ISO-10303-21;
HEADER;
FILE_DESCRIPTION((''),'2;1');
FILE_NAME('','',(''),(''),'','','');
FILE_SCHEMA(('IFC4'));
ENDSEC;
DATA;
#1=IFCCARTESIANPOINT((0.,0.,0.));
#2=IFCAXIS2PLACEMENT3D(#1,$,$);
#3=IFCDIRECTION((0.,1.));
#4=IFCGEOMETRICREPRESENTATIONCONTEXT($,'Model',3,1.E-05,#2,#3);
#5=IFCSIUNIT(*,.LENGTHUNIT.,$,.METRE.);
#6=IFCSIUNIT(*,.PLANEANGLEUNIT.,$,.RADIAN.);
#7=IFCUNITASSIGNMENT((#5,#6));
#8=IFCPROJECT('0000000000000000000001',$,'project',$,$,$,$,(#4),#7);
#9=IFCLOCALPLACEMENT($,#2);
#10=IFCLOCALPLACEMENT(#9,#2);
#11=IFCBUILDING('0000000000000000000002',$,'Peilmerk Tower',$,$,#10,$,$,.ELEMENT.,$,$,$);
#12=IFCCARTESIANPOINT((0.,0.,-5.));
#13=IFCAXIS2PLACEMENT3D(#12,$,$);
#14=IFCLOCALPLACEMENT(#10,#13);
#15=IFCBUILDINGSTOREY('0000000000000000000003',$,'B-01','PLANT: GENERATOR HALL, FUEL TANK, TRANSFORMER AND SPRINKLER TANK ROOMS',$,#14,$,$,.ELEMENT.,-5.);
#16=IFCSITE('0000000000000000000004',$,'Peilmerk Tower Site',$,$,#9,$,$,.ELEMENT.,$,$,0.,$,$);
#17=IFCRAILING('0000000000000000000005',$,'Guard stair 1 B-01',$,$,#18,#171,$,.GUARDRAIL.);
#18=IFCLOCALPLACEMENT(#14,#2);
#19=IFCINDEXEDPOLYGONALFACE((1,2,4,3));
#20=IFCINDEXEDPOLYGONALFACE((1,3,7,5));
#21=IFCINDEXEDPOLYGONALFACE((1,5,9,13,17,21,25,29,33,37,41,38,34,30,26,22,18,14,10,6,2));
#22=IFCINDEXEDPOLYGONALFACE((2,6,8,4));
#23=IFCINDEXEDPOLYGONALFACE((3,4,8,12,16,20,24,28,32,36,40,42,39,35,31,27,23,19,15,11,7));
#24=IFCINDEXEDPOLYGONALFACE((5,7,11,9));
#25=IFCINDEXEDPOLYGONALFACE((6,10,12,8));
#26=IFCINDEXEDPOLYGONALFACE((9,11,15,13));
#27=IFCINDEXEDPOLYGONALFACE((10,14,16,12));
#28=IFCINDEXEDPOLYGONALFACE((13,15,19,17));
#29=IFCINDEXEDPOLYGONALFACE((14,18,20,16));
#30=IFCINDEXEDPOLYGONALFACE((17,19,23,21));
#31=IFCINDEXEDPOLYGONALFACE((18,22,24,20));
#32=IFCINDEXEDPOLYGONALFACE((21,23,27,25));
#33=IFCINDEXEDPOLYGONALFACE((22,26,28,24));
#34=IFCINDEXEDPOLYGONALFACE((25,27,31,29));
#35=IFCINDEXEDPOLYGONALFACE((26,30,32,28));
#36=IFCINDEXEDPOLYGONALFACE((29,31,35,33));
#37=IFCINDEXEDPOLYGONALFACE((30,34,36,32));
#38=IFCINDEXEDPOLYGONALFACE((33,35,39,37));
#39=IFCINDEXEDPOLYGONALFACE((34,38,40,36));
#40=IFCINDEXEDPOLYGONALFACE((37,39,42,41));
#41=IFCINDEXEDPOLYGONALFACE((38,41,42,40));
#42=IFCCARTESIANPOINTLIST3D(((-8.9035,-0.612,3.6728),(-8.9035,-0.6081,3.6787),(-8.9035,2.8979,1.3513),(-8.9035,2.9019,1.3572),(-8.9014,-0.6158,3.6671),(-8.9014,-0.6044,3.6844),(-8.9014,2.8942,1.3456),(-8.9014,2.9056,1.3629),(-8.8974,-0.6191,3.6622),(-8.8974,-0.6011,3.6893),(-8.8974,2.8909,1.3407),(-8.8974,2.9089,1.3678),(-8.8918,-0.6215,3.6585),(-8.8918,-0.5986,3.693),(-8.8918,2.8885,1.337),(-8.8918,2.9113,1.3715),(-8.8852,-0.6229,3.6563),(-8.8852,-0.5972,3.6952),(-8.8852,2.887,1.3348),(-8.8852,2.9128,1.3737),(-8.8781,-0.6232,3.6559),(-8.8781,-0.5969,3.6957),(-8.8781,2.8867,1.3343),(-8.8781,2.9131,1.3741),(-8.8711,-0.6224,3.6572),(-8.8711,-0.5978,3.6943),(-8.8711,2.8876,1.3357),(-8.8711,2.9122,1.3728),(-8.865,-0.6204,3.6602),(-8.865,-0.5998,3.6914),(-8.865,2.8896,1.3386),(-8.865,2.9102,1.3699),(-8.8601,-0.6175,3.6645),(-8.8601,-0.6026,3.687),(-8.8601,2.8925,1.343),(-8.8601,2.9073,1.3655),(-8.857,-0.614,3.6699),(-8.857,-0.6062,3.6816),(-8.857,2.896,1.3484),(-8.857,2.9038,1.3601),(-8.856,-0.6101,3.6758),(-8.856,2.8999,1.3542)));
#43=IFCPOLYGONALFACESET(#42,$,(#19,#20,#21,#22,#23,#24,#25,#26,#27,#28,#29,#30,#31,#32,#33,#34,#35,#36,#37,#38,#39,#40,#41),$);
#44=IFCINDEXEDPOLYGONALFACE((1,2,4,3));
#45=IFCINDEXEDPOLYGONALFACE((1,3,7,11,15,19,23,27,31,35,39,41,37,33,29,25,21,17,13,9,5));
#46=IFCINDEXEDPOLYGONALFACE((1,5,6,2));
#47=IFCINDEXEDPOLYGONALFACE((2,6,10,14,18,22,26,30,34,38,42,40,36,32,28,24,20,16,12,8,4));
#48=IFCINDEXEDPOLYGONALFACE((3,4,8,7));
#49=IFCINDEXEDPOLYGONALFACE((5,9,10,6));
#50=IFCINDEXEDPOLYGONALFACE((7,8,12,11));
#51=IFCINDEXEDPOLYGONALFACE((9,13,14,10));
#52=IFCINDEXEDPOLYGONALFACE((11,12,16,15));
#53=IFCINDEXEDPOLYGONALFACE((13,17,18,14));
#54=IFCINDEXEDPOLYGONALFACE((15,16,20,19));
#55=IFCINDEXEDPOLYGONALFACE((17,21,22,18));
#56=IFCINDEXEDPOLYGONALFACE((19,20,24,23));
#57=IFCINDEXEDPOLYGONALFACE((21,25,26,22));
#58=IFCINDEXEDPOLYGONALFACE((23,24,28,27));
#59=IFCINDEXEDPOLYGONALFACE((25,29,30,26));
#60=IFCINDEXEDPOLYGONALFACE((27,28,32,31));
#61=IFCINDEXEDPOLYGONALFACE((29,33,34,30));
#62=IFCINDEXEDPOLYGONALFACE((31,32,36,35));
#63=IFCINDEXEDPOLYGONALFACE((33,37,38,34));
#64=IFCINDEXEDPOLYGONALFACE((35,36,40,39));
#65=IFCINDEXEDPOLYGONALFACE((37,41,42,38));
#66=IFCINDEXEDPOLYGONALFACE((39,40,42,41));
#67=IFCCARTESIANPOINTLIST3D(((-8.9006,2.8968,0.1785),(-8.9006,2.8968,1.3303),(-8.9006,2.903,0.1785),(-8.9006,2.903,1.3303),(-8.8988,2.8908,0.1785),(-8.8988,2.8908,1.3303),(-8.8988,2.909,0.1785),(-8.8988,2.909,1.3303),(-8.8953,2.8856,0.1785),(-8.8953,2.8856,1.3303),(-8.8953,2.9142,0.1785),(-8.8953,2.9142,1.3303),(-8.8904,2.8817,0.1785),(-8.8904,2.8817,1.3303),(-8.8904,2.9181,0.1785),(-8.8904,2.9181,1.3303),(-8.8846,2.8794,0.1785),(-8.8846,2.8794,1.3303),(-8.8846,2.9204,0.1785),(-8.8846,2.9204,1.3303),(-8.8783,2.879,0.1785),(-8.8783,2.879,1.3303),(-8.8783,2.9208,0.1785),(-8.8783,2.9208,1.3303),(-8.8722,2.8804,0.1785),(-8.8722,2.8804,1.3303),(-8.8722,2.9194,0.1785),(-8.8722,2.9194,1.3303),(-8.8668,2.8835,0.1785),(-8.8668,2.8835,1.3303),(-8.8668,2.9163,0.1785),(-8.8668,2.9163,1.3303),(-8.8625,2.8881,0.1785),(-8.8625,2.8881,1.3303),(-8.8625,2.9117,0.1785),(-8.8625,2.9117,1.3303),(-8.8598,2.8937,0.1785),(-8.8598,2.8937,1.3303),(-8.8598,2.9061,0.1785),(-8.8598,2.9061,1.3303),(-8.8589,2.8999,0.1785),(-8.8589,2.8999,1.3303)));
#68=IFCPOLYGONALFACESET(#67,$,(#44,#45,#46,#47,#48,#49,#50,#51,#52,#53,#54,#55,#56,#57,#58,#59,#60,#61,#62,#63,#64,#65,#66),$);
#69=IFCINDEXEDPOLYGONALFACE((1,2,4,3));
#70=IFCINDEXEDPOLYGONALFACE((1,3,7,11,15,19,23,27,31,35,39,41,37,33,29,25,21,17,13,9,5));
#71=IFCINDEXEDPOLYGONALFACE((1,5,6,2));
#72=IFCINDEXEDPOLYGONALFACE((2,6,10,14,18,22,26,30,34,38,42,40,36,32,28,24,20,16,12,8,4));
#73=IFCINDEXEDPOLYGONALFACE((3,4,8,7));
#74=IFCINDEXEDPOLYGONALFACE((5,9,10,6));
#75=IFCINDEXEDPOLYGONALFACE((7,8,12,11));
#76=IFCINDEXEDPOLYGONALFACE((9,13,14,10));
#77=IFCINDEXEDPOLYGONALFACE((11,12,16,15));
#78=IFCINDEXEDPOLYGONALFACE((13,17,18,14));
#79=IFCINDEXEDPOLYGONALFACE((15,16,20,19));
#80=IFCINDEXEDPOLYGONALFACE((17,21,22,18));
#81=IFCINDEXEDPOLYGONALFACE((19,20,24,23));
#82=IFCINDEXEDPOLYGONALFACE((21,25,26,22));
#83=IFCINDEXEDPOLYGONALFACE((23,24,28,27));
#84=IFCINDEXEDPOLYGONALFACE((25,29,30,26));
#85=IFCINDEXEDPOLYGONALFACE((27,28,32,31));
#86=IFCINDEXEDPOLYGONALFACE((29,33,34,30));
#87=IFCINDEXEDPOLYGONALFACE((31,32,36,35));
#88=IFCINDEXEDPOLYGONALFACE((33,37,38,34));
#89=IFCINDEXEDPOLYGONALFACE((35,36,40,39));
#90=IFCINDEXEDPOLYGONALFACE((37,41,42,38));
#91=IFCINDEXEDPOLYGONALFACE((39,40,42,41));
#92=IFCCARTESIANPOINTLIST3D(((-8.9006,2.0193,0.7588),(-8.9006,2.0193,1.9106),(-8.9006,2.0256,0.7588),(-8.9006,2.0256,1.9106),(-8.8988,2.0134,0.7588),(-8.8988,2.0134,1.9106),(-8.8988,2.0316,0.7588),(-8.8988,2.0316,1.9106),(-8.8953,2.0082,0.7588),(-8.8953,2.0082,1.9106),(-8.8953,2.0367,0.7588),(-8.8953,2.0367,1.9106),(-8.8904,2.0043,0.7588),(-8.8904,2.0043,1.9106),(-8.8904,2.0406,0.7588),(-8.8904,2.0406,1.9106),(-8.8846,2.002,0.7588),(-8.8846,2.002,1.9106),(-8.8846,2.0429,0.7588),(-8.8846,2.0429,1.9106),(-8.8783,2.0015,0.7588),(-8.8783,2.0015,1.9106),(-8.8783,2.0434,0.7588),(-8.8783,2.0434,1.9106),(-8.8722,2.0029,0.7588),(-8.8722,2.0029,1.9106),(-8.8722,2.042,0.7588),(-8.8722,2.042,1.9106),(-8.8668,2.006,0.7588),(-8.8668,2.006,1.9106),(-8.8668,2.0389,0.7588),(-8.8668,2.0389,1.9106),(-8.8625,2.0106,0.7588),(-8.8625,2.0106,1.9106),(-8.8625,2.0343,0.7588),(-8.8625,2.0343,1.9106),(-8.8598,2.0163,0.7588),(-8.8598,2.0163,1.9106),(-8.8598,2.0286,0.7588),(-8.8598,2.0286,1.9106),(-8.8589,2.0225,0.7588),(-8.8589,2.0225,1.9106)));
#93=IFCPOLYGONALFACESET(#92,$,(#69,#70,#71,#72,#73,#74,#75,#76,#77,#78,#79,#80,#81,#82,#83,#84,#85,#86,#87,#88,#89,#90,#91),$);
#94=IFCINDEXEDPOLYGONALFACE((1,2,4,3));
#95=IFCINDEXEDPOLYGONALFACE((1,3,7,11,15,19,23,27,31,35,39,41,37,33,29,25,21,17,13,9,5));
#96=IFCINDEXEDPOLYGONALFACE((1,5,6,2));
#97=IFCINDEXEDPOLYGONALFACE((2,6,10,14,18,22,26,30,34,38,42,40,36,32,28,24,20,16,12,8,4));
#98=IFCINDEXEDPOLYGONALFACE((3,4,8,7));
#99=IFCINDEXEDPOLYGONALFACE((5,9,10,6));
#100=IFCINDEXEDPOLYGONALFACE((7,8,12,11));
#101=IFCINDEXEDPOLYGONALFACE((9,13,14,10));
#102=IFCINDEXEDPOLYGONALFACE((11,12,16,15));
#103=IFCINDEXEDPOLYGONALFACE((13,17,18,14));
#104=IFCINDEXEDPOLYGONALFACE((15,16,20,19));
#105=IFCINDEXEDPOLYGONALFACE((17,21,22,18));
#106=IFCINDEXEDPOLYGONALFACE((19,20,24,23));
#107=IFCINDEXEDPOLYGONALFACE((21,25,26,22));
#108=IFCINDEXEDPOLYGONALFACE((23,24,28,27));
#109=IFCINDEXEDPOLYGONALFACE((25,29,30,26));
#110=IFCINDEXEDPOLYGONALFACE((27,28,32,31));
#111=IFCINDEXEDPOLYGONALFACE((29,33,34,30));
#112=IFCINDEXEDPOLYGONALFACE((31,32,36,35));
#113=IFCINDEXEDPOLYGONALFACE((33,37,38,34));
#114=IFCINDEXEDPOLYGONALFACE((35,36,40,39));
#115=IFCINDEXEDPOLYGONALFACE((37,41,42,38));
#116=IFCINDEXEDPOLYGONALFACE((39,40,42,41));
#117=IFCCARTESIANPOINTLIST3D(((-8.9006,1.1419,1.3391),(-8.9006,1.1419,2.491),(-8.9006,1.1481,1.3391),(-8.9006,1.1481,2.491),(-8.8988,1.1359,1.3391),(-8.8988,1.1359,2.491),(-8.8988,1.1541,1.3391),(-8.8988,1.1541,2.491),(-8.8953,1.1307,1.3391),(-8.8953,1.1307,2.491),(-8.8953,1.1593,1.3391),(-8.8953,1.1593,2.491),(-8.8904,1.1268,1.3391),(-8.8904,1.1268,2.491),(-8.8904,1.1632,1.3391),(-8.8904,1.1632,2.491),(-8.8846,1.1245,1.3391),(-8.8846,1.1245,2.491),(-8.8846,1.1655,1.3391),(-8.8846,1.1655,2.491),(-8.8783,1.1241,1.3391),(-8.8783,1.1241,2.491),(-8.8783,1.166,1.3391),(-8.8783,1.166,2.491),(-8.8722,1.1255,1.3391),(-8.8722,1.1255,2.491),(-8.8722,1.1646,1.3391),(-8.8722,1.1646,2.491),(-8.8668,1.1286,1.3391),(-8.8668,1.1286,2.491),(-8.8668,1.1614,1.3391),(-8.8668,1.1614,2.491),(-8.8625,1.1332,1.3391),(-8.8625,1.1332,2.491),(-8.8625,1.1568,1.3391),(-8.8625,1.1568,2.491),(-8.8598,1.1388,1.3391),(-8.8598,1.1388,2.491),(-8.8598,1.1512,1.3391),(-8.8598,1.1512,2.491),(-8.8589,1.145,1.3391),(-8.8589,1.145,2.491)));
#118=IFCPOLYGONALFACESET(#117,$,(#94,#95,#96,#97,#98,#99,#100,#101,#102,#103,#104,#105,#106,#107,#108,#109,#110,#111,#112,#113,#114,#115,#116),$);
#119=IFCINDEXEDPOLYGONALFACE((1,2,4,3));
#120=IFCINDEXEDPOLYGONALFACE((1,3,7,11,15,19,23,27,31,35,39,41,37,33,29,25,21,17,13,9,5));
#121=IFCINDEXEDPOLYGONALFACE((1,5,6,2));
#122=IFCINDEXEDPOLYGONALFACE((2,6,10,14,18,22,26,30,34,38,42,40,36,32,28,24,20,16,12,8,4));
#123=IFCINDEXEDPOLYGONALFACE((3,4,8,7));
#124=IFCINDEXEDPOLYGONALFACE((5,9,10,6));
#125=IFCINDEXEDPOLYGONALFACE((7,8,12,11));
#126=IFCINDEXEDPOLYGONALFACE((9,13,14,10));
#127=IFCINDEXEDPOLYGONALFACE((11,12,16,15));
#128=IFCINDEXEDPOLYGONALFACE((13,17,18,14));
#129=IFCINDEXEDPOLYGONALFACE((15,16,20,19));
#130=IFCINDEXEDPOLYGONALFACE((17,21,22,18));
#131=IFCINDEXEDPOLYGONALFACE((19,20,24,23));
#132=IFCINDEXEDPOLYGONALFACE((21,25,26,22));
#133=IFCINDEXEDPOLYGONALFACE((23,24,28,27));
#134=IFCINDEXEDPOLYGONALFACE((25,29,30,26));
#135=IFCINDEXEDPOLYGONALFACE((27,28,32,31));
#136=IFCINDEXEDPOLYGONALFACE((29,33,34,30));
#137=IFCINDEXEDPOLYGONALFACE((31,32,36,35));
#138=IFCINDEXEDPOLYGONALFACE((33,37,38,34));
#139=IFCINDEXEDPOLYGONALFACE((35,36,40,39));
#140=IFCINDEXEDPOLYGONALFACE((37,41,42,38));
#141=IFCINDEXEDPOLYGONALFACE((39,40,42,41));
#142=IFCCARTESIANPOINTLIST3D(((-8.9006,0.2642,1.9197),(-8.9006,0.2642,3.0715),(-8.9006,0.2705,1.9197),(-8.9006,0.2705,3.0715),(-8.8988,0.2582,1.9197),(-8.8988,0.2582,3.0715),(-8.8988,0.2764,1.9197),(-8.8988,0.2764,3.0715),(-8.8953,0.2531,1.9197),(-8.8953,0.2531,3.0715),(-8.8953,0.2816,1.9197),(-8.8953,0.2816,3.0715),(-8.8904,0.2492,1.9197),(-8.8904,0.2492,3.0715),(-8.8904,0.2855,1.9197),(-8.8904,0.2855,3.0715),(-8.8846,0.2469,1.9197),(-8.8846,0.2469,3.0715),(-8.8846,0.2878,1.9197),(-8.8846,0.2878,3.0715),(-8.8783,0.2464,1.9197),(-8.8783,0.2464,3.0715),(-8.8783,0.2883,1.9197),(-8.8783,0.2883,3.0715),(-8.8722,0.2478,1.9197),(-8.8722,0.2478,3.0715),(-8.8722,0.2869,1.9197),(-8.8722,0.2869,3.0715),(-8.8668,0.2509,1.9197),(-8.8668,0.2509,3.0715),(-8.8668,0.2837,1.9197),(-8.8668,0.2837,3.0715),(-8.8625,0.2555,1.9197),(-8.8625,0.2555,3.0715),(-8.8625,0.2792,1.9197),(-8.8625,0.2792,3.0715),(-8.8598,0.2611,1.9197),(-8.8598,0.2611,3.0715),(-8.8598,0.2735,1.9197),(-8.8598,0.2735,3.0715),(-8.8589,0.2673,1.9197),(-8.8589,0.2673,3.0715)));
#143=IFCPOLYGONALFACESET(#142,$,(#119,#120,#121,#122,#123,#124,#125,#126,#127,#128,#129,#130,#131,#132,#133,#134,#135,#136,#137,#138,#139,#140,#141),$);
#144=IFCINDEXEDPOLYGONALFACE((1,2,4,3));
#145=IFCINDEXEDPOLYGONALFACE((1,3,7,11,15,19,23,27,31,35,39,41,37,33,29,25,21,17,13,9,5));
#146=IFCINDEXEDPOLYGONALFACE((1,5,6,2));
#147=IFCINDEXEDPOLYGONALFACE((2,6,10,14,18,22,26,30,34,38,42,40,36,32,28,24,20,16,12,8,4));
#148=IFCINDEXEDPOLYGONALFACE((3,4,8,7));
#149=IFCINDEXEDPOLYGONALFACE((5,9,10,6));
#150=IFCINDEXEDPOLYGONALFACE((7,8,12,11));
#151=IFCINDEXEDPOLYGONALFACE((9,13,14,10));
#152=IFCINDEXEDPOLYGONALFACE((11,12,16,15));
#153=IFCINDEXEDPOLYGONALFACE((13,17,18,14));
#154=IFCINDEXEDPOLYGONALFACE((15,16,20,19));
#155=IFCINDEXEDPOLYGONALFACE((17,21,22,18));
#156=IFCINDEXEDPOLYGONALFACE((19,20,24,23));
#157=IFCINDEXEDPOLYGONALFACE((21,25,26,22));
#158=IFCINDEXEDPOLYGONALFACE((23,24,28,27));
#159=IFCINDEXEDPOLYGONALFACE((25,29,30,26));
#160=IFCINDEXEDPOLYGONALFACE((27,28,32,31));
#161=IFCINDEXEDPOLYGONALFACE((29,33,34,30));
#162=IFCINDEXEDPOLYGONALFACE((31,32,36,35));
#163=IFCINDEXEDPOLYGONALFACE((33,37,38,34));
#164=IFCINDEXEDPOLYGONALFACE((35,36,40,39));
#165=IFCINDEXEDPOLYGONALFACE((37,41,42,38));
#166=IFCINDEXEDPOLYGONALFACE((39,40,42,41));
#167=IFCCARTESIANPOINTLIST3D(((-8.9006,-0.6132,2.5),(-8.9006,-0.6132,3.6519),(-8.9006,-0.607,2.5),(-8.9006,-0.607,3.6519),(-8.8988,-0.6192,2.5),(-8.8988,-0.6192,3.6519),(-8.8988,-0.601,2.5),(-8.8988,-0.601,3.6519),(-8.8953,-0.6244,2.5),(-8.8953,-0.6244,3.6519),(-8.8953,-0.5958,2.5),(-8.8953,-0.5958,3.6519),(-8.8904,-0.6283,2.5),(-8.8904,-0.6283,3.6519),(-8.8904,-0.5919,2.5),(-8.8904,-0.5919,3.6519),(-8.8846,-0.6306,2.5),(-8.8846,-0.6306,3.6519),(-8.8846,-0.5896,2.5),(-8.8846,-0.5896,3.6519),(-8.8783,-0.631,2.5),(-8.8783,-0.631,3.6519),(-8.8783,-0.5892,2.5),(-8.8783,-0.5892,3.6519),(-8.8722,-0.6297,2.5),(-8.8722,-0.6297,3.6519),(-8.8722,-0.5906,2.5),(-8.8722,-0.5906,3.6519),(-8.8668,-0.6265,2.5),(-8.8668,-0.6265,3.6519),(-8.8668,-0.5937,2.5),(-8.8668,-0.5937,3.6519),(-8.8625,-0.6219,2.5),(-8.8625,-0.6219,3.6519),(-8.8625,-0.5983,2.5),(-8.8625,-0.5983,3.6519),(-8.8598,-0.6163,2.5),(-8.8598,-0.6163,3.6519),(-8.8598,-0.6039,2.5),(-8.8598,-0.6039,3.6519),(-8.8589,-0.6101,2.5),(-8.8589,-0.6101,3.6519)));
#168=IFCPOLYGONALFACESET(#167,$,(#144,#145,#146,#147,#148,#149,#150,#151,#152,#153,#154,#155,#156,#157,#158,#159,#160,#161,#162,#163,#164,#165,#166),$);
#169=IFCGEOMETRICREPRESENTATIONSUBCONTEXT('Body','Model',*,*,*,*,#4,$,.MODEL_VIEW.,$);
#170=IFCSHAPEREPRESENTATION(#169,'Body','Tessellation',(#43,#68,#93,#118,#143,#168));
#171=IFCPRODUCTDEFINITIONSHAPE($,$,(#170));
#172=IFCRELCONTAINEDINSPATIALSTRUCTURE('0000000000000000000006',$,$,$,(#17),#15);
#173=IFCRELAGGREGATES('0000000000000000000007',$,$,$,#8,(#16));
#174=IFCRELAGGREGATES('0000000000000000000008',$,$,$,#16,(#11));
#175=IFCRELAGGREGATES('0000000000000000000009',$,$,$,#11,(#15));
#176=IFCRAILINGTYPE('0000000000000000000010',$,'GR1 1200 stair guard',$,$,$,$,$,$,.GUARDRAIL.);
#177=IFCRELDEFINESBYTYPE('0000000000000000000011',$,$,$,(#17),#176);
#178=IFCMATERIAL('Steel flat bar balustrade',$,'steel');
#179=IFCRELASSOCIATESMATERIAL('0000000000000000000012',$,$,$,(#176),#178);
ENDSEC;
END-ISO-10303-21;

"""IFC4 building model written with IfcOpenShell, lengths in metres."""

from ifc_helpers import new_model, si_unit, direction, frame, origin, origin_2d, place, context, subcontext, project, spatial, circle, extrude, material, type_object, element, save


model = new_model("IFC4")

# Units and contexts
model_context = context("Model", 3, precision=1e-05, world=origin(), true_north=direction((0.0, 1.0)))
body_context = subcontext(model_context, "Body", "Model", "MODEL_VIEW")
ifc_project = project(units=[si_unit("LENGTHUNIT", "METRE"), si_unit("PLANEANGLEUNIT", "RADIAN")], contexts=[model_context])

# Site, building, storey
site_placement = place(None, origin())
site = spatial("IfcSite", under=ifc_project, at=site_placement, Name="Peilmerk Tower Site", CompositionType="ELEMENT", RefElevation=0.0)
building_placement = place(site_placement, origin())
building = spatial("IfcBuilding", under=site, at=building_placement, Name="Peilmerk Tower", CompositionType="ELEMENT")
storey_placement = place(building_placement, frame((0.0, 0.0, -5.0)))
storey = spatial("IfcBuildingStorey", under=building, at=storey_placement, Name="B-01", Description="PLANT: GENERATOR HALL, FUEL TANK, TRANSFORMER AND SPRINKLER TANK ROOMS", CompositionType="ELEMENT", Elevation=-5.0)

# Railing
ifc_material_1 = material(Name="Steel flat bar balustrade", Category="steel")
railing_type_1 = type_object("IfcRailingType", Name="GR1 1200 stair guard", PredefinedType="GUARDRAIL", material=ifc_material_1)
railing_1_placement = place(storey_placement, frame((-8.8799, 2.8999, 0.1785)))
element("IfcRailing", 1, at=railing_1_placement, inside=storey, type_object=railing_type_1, Name="Guard stair 1 B-01", PredefinedType="GUARDRAIL", context=body_context, shape_type="SweptSolid", body=[
    extrude(circle(Radius=0.0239, at=origin_2d()), frame((0.0, 0.0, 1.1758), z_axis=(0.0, -0.834071, 0.551657), x_axis=(1.0, 0.0, 0.0)), (0.0, 0.0, 1.0), 4.2083),
    extrude(circle(Radius=0.021, at=origin_2d()), origin(), (0.0, 0.0, 1.0), 1.1519),
    extrude(circle(Radius=0.021, at=origin_2d()), frame((0.0, -0.8774, 0.5803)), (0.0, 0.0, 1.0), 1.1519),
    extrude(circle(Radius=0.021, at=origin_2d()), frame((0.0, -1.7549, 1.1606)), (0.0, 0.0, 1.0), 1.1519),
    extrude(circle(Radius=0.021, at=origin_2d()), frame((0.0, -2.6326, 1.7412)), (0.0, 0.0, 1.0), 1.1519),
    extrude(circle(Radius=0.021, at=origin_2d()), frame((0.0, -3.51, 2.3215)), (0.0, 0.0, 1.0), 1.1519),
])

save(model, "model.ifc")
